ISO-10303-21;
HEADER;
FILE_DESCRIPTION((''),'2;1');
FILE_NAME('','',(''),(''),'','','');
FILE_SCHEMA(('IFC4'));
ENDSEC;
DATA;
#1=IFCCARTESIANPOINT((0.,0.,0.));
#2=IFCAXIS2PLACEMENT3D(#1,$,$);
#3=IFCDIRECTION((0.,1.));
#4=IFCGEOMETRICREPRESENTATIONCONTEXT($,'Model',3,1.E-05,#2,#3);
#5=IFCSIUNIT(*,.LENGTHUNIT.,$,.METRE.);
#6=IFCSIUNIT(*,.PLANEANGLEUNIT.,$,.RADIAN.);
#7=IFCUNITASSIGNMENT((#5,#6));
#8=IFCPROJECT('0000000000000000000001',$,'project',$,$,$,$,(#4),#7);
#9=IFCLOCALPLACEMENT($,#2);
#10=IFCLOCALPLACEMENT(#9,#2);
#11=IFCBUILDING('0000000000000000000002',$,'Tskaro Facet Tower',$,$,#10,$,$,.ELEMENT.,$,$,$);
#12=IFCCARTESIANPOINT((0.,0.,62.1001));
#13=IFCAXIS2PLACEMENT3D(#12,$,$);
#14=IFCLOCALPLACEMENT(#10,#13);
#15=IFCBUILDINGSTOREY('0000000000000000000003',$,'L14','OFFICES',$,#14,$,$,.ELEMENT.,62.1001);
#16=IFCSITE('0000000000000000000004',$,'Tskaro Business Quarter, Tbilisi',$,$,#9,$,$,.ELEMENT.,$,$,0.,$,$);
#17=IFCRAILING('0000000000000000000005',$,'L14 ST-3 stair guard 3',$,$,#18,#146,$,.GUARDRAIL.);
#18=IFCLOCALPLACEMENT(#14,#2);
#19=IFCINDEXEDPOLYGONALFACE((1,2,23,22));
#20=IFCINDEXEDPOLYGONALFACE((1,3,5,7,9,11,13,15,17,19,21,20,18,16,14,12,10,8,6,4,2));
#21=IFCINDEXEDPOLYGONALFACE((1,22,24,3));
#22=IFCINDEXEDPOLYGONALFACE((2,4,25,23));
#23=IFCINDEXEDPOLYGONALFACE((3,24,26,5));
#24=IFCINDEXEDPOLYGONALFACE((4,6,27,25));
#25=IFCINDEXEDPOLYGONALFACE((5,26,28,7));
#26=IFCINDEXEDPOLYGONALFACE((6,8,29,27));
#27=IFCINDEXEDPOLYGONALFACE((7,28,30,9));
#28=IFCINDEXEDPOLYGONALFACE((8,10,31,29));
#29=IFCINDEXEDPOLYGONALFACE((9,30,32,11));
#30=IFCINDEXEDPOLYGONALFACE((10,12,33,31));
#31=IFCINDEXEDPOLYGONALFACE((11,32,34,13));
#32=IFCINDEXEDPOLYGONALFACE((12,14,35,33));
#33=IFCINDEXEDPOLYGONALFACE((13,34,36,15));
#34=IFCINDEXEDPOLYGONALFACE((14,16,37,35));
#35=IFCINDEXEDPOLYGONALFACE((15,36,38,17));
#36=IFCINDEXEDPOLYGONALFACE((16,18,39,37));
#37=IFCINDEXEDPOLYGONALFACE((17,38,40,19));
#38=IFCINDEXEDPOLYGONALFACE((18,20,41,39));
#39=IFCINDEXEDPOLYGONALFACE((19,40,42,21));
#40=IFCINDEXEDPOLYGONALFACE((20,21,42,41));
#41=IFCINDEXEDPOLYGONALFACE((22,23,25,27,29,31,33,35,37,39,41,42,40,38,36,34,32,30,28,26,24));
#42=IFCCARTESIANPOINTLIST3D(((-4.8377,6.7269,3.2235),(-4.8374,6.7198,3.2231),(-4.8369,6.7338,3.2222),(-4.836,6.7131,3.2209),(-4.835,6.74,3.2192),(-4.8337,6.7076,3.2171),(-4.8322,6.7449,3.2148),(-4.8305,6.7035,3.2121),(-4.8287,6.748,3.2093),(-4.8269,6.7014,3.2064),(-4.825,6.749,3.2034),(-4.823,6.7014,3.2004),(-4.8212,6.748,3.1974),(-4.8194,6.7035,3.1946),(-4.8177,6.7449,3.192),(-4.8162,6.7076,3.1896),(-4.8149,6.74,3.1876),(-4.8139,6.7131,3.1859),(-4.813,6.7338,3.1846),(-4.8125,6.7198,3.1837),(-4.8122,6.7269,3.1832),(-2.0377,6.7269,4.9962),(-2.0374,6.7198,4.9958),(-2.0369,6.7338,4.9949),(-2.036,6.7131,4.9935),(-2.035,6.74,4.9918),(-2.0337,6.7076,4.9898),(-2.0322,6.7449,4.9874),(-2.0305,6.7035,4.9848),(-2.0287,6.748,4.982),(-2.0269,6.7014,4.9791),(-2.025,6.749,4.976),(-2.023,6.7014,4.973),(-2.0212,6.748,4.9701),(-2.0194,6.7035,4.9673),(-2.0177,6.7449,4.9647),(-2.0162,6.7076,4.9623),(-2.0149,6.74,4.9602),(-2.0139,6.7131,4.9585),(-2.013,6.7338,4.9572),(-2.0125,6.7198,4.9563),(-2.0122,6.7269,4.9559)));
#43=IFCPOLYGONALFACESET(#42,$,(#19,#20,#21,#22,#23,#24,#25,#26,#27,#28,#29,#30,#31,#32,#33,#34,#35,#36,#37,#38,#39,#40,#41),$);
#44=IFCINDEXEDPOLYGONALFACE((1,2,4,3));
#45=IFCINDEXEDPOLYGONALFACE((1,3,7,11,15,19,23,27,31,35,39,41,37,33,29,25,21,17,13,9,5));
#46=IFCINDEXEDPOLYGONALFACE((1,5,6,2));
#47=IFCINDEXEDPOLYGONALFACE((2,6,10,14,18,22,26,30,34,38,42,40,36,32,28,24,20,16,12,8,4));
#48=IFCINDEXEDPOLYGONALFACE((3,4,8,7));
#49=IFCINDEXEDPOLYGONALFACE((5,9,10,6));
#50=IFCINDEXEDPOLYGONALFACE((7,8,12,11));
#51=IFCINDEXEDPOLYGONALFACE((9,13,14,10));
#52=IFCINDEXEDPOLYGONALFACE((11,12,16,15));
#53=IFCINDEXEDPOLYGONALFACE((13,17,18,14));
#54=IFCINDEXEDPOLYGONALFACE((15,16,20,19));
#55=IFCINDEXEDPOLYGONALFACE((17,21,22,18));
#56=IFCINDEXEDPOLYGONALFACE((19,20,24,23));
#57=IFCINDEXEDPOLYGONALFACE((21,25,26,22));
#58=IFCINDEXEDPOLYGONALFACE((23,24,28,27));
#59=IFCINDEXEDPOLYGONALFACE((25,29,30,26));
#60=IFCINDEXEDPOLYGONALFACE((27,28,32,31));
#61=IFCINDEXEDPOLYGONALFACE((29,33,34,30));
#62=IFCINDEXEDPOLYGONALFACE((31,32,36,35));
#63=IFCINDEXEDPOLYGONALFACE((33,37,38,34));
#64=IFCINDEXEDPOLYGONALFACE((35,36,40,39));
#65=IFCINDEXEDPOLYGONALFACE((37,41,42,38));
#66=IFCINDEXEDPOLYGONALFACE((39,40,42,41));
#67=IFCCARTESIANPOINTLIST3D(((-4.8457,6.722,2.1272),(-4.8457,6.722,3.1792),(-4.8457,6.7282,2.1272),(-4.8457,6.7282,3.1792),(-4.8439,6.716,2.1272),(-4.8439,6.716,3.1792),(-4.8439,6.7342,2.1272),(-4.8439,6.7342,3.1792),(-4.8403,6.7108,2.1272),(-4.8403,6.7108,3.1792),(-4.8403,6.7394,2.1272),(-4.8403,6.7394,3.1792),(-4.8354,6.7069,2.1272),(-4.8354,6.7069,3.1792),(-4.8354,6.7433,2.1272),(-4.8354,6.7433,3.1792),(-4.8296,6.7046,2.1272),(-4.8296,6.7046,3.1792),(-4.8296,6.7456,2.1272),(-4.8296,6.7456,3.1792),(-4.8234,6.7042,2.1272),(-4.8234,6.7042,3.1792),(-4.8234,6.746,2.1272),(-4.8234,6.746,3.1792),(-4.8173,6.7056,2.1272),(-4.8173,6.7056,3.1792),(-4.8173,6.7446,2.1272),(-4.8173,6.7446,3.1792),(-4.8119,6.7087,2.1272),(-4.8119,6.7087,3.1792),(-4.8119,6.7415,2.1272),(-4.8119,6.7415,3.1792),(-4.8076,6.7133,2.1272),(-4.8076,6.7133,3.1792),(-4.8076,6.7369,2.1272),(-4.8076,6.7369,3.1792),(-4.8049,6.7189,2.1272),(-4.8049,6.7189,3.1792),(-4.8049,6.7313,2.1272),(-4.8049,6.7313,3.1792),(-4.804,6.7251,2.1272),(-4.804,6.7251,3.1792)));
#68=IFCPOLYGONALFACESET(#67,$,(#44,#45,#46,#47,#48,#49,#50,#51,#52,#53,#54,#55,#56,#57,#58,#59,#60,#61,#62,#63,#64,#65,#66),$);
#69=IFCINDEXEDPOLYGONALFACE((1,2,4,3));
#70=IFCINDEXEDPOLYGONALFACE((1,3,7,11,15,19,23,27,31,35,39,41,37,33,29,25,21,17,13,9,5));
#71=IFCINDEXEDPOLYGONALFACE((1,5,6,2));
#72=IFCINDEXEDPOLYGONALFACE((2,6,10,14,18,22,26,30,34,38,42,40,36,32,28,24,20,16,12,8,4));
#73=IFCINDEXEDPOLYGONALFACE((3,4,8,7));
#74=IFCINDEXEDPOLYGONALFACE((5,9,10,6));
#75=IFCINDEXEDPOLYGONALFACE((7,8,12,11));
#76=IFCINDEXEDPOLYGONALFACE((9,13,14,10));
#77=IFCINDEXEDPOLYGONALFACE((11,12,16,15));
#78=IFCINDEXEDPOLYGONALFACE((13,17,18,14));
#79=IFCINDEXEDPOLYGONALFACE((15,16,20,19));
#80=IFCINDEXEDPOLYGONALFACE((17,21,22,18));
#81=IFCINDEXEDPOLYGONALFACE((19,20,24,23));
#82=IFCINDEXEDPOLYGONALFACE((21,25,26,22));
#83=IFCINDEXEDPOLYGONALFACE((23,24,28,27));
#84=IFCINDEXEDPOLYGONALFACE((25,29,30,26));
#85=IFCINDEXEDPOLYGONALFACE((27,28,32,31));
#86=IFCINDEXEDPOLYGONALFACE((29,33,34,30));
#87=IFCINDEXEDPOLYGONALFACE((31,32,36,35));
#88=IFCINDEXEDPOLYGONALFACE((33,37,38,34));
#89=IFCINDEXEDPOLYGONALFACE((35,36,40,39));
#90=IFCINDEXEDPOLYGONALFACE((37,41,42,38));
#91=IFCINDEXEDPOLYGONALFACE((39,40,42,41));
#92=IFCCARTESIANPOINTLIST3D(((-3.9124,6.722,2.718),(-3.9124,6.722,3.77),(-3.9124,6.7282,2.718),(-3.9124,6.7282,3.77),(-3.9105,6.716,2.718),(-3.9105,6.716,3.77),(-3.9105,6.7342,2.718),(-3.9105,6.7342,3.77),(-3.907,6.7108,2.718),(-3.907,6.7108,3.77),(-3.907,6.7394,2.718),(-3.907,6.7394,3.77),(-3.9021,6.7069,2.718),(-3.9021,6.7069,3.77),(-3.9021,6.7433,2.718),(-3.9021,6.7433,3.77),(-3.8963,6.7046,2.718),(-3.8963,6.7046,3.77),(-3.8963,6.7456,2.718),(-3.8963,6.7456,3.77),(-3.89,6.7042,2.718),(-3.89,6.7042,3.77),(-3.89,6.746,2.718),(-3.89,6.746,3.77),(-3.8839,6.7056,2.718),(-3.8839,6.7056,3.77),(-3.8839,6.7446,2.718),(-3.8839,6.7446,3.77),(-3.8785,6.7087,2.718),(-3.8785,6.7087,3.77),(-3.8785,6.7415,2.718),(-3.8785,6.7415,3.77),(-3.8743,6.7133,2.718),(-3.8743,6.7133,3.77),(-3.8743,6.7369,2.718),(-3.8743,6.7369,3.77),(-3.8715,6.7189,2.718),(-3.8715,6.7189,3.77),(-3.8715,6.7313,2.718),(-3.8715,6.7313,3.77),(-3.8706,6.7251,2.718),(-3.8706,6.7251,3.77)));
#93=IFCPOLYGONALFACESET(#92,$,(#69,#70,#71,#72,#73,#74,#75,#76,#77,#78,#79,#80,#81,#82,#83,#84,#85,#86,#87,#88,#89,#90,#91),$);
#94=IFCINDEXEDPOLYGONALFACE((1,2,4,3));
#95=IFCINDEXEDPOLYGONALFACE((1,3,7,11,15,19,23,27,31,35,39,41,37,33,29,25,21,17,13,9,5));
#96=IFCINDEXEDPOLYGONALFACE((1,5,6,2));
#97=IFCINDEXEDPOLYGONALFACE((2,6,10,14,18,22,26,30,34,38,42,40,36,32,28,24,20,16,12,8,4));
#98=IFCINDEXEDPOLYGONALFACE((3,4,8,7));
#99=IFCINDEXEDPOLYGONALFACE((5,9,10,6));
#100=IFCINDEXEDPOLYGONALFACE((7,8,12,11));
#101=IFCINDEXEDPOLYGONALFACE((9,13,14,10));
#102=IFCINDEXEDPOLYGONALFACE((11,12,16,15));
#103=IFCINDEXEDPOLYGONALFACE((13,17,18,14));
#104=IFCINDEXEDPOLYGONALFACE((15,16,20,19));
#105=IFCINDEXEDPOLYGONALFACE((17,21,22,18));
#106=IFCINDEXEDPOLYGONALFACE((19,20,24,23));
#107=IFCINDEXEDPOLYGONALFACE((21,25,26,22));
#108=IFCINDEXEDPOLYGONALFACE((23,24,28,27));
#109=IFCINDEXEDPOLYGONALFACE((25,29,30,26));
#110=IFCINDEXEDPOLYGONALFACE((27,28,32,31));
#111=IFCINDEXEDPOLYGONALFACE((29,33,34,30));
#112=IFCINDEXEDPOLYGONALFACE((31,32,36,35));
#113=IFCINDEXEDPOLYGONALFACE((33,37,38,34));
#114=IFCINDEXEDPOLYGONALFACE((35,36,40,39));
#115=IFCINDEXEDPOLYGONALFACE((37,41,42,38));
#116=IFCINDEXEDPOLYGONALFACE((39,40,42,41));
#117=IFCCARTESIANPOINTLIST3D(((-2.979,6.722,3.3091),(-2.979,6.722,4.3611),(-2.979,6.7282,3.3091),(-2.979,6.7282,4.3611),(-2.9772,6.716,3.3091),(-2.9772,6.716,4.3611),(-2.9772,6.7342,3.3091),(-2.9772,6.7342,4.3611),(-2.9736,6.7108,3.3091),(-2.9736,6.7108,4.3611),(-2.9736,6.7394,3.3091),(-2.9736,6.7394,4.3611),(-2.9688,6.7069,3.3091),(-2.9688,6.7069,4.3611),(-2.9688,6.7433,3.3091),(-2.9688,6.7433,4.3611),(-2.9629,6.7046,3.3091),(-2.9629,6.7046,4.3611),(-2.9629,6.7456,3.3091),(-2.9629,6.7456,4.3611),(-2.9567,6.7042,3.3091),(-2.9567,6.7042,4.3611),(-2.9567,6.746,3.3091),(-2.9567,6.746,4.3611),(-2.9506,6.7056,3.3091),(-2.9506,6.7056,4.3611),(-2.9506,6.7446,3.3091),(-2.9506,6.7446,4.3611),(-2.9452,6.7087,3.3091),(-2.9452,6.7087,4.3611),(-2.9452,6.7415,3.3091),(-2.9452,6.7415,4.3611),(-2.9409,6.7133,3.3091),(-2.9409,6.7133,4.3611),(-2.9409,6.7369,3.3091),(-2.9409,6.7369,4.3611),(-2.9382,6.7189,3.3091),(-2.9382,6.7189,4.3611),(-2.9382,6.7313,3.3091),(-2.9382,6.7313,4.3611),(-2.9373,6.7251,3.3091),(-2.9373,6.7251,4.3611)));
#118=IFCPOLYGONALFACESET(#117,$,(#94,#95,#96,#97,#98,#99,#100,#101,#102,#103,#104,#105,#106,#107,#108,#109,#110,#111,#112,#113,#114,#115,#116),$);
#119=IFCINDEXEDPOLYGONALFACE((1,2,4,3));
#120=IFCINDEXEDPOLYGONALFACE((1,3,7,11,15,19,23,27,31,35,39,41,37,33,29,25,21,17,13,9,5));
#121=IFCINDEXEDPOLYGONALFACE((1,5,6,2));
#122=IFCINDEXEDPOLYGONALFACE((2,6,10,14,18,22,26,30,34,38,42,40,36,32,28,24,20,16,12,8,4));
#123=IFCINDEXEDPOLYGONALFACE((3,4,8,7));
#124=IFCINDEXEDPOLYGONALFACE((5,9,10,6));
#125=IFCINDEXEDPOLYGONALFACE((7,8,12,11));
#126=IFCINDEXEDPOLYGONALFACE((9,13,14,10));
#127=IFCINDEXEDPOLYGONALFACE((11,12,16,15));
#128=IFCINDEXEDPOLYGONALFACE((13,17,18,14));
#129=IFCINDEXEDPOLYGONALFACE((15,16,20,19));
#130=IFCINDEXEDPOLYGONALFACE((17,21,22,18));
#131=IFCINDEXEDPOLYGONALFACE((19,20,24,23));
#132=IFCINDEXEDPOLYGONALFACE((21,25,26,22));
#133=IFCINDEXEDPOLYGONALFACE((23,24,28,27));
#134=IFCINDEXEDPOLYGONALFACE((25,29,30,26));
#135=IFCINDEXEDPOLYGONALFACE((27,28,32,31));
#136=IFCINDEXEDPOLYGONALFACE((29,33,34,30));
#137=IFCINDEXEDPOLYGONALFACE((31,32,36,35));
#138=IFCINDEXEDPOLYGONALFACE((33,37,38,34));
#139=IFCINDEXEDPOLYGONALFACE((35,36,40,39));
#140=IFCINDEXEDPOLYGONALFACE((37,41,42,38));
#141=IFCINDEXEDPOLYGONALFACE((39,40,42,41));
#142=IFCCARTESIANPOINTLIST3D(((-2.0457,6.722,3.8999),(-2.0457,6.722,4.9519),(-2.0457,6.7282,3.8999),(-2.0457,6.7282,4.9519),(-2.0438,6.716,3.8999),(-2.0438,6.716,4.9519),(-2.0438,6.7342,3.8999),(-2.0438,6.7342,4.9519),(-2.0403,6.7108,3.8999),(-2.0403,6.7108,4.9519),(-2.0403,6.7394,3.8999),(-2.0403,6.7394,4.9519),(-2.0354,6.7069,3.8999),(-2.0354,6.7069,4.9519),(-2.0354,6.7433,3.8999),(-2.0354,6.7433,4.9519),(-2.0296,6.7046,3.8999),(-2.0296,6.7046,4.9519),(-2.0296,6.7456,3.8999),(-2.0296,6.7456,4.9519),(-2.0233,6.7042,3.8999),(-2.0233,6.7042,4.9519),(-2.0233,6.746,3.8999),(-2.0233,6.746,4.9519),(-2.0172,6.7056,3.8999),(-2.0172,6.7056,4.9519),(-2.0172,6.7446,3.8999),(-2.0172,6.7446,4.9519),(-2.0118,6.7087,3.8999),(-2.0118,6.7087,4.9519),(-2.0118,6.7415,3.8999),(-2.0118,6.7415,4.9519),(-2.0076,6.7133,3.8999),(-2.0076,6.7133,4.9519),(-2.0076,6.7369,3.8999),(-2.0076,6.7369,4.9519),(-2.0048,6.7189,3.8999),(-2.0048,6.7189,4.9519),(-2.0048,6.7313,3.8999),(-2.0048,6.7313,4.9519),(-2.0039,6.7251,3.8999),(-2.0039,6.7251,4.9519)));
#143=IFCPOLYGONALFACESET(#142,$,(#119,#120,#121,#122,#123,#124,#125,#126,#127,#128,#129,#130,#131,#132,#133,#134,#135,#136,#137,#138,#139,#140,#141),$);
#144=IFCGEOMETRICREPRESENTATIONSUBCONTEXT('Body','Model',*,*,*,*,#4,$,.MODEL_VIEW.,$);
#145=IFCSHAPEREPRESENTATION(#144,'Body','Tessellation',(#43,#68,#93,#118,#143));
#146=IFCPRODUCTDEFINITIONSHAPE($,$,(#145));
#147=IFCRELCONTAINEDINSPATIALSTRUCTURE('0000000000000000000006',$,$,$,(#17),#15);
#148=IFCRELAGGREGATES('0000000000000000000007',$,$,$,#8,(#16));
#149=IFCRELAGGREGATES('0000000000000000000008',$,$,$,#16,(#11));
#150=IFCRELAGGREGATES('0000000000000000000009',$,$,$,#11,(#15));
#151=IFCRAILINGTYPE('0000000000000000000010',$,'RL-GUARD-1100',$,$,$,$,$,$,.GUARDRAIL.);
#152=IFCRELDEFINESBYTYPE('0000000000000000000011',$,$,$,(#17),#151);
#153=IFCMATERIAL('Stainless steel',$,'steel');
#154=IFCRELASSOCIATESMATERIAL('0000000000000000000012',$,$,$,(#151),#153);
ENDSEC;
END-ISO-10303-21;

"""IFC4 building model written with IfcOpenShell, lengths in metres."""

from ifc_helpers import new_model, si_unit, direction, frame, origin, origin_2d, place, context, subcontext, project, spatial, circle, extrude, material, type_object, element, save


model = new_model("IFC4")

# Units and contexts
model_context = context("Model", 3, precision=1e-05, world=origin(), true_north=direction((0.0, 1.0)))
body_context = subcontext(model_context, "Body", "Model", "MODEL_VIEW")
ifc_project = project(units=[si_unit("LENGTHUNIT", "METRE"), si_unit("PLANEANGLEUNIT", "RADIAN")], contexts=[model_context])

# Site, building, storey
site_placement = place(None, origin())
site = spatial("IfcSite", under=ifc_project, at=site_placement, Name="Tskaro Business Quarter, Tbilisi", CompositionType="ELEMENT", RefElevation=0.0)
building_placement = place(site_placement, origin())
building = spatial("IfcBuilding", under=site, at=building_placement, Name="Tskaro Facet Tower", CompositionType="ELEMENT")
storey_placement = place(building_placement, frame((0.0, 0.0, 62.1001)))
storey = spatial("IfcBuildingStorey", under=building, at=storey_placement, Name="L14", Description="OFFICES", CompositionType="ELEMENT", Elevation=62.1001)

# Railing
ifc_material_1 = material(Name="Stainless steel", Category="steel")
railing_type_1 = type_object("IfcRailingType", Name="RL-GUARD-1100", PredefinedType="GUARDRAIL", material=ifc_material_1)
railing_1_placement = place(storey_placement, frame((-4.825, 6.7251, 2.1272)))
element("IfcRailing", 1, at=railing_1_placement, inside=storey, type_object=railing_type_1, Name="L14 ST-3 stair guard 3", PredefinedType="GUARDRAIL", context=body_context, shape_type="SweptSolid", body=[
    extrude(circle(Radius=0.0239, at=origin_2d()), frame((0.0, 0.0, 1.0762), z_axis=(0.844909, 0.0, 0.53491), x_axis=(0.0, 1.0, 0.0)), (0.0, 0.0, 1.0), 3.314),
    extrude(circle(Radius=0.021, at=origin_2d()), origin(), (0.0, 0.0, 1.0), 1.052),
    extrude(circle(Radius=0.021, at=origin_2d()), frame((0.9333, 0.0, 0.5908)), (0.0, 0.0, 1.0), 1.052),
    extrude(circle(Radius=0.021, at=origin_2d()), frame((1.8667, 0.0, 1.1819)), (0.0, 0.0, 1.0), 1.052),
    extrude(circle(Radius=0.021, at=origin_2d()), frame((2.8, 0.0, 1.7727)), (0.0, 0.0, 1.0), 1.052),
])

save(model, "model.ifc")
